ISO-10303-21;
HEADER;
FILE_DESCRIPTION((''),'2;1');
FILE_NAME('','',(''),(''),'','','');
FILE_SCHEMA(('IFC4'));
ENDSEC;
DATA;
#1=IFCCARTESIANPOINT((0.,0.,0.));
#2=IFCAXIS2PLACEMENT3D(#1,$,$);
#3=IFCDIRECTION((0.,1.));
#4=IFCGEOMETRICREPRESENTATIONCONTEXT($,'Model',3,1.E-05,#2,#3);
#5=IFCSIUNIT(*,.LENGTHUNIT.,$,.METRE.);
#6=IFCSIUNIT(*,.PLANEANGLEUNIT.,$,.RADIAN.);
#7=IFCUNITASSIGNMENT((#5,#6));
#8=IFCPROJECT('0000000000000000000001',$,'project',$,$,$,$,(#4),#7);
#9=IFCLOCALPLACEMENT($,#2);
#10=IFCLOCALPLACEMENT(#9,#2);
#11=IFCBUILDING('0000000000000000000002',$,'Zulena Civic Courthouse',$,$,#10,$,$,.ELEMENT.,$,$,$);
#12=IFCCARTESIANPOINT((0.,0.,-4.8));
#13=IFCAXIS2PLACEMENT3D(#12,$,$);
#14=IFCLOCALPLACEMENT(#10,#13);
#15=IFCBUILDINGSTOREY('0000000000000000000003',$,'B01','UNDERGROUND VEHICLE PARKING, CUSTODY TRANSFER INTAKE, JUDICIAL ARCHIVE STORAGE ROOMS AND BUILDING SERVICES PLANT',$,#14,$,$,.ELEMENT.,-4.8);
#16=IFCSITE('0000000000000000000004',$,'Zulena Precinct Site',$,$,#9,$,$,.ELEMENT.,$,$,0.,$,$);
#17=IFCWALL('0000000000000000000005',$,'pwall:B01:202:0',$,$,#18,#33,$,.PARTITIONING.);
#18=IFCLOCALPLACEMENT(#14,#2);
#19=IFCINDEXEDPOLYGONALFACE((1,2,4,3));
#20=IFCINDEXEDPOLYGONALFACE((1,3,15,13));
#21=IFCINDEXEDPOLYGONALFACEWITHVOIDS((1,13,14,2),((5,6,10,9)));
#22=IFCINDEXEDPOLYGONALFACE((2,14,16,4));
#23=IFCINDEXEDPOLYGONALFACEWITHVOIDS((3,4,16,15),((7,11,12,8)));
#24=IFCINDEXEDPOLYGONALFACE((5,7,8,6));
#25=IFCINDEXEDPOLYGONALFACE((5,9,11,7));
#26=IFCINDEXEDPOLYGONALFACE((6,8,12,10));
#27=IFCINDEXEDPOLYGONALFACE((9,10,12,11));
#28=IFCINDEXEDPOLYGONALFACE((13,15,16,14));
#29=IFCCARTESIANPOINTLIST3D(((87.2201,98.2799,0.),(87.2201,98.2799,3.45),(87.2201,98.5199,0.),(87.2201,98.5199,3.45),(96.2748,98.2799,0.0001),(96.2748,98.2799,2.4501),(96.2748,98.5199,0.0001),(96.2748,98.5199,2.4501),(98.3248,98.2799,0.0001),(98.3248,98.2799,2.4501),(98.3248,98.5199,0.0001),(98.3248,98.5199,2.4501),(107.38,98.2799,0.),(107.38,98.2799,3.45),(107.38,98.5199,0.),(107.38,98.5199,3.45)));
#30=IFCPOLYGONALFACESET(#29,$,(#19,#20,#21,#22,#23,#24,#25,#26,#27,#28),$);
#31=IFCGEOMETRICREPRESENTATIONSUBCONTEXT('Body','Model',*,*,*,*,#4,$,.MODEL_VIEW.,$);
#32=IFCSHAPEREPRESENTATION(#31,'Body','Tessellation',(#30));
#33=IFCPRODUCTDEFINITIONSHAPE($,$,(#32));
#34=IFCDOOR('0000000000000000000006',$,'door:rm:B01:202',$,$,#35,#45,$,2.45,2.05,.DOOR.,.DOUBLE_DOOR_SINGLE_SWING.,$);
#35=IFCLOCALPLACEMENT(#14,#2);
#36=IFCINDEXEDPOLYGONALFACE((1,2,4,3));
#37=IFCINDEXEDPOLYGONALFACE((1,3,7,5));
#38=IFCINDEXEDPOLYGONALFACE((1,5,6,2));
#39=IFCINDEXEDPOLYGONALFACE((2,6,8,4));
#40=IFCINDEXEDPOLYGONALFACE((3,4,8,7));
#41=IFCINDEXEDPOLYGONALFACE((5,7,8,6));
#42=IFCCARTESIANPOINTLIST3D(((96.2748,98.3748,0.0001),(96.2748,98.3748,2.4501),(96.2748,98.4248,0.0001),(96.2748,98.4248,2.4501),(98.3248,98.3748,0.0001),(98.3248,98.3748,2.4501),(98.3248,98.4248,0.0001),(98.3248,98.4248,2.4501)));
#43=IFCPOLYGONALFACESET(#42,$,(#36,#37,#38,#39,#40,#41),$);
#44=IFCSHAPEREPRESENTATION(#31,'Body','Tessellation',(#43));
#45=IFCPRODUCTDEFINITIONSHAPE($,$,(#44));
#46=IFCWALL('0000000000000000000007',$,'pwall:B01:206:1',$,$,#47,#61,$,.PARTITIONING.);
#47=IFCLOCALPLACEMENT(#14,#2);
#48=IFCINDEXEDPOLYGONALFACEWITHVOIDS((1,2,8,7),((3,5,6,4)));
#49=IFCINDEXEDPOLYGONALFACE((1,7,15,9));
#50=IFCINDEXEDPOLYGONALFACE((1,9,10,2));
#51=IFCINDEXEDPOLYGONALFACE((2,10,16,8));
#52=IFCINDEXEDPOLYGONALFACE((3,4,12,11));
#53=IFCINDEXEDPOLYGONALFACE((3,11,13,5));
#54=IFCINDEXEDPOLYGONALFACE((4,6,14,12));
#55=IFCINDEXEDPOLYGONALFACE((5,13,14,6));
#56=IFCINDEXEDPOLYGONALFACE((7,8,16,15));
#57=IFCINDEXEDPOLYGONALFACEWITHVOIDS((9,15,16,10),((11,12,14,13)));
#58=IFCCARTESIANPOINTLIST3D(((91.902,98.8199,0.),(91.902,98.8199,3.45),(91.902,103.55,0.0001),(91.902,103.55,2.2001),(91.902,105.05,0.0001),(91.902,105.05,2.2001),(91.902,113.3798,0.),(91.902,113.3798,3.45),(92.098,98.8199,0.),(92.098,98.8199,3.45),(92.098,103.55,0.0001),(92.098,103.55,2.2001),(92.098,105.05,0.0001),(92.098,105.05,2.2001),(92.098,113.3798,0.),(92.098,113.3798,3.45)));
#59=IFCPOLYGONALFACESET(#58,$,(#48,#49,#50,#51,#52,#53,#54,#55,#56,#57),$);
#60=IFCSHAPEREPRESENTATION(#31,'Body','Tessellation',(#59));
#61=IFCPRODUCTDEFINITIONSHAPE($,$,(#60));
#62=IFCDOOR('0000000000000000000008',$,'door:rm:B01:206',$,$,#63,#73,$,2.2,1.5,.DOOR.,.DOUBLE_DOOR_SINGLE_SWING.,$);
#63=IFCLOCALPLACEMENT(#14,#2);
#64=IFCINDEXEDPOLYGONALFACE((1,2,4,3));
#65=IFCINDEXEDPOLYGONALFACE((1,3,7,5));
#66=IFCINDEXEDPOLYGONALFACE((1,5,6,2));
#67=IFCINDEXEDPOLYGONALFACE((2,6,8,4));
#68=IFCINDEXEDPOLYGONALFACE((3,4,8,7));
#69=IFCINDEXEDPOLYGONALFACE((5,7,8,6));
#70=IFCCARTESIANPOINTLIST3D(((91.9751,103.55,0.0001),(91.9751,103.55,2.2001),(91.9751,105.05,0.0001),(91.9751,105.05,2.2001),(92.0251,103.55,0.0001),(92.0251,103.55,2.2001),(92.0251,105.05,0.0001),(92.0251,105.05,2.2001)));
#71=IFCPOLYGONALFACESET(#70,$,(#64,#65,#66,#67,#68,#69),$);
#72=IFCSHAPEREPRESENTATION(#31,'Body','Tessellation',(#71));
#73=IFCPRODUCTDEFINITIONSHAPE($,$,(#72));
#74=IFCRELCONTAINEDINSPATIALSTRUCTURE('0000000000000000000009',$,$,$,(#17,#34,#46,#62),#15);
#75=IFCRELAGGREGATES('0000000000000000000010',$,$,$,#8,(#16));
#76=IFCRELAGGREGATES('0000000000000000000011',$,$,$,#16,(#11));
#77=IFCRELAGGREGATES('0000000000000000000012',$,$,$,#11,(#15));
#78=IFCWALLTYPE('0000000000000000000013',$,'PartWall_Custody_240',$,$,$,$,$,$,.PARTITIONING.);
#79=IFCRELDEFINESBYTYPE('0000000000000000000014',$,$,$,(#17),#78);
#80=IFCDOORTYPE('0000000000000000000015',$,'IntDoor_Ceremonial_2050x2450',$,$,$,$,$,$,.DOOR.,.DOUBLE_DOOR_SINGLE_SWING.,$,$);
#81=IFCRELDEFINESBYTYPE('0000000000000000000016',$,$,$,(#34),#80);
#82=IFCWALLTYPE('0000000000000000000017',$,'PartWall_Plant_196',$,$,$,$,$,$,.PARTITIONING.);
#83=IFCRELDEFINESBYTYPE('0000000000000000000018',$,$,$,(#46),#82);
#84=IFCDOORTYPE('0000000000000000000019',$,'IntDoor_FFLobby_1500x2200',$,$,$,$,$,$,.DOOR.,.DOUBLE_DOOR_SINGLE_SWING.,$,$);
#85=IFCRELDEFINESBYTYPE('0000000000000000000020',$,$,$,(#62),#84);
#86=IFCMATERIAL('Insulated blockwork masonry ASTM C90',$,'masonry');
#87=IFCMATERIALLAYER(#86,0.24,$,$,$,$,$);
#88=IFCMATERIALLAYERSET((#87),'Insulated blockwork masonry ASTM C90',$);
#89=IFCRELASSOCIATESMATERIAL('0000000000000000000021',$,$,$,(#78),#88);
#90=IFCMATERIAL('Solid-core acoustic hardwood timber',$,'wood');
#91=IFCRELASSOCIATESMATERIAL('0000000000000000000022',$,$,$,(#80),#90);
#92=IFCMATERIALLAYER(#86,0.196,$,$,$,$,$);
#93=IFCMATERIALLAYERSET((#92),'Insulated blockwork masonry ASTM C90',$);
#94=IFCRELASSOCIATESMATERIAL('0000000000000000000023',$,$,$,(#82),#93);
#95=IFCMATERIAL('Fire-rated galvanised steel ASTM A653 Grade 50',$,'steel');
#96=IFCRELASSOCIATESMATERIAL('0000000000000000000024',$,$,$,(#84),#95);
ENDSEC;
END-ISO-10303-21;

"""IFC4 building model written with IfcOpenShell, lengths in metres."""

from ifc_helpers import new_model, si_unit, direction, frame, frame_2d, origin, place, context, subcontext, project, spatial, rectangle, extrude, material, layer, layer_set, type_object, element, fill, save


model = new_model("IFC4")

# Units and contexts
model_context = context("Model", 3, precision=1e-05, world=origin(), true_north=direction((0.0, 1.0)))
body_context = subcontext(model_context, "Body", "Model", "MODEL_VIEW")
ifc_project = project(units=[si_unit("LENGTHUNIT", "METRE"), si_unit("PLANEANGLEUNIT", "RADIAN")], contexts=[model_context])

# Site, building, storey
site_placement = place(None, origin())
site = spatial("IfcSite", under=ifc_project, at=site_placement, Name="Zulena Precinct Site", CompositionType="ELEMENT", RefElevation=0.0)
building_placement = place(site_placement, origin())
building = spatial("IfcBuilding", under=site, at=building_placement, Name="Zulena Civic Courthouse", CompositionType="ELEMENT")
storey_placement = place(building_placement, frame((0.0, 0.0, -4.8)))
storey = spatial("IfcBuildingStorey", under=building, at=storey_placement, Name="B01", Description="UNDERGROUND VEHICLE PARKING, CUSTODY TRANSFER INTAKE, JUDICIAL ARCHIVE STORAGE ROOMS AND BUILDING SERVICES PLANT", CompositionType="ELEMENT", Elevation=-4.8)

# Walls, openings, doors
ifc_material_1 = material(Name="Insulated blockwork masonry ASTM C90", Category="masonry")
ifc_layer_1 = layer(ifc_material_1, 0.24)
ifc_layer_set_1 = layer_set([ifc_layer_1], Name="Insulated blockwork masonry ASTM C90")
wall_type_1 = type_object("IfcWallType", Name="PartWall_Custody_240", PredefinedType="PARTITIONING", material=ifc_layer_set_1)
wall_1_placement = place(storey_placement, frame((87.22, 98.3999, 0.0), z_axis=(0.0, 0.0, 1.0), x_axis=(1.0, 0.0, 0.0)))
wall_1 = element("IfcWall", 1, at=wall_1_placement, inside=storey, type_object=wall_type_1, Name="pwall:B01:202:0", PredefinedType="PARTITIONING", context=body_context, shape_type="SweptSolid", body=[
    extrude(rectangle(XDim=20.1599, YDim=0.24, at=frame_2d((10.0801, 0.0))), origin(), (0.0, 0.0, 1.0), 3.45),
])
opening_1_placement = place(wall_1_placement, frame((9.0549, 0.0, 0.0)))
opening_1 = element("IfcOpeningElement", 2, at=opening_1_placement, cuts=wall_1, PredefinedType="OPENING", context=body_context, shape_type="SweptSolid", body=[
    extrude(rectangle(XDim=2.05, YDim=2.45, at=frame_2d((1.0249, 1.2251))), frame((0.0, 0.1299, 0.0), z_axis=(0.0, -1.0, 0.0), x_axis=(1.0, 0.0, 0.0)), (0.0, 0.0, 1.0), 0.26),
])
ifc_material_2 = material(Name="Solid-core acoustic hardwood timber", Category="wood")
door_type_1 = type_object("IfcDoorType", Name="IntDoor_Ceremonial_2050x2450", OperationType="DOUBLE_DOOR_SINGLE_SWING", PredefinedType="DOOR", material=ifc_material_2)
door_1_placement = place(opening_1_placement, origin())
door_1 = element("IfcDoor", 3, at=door_1_placement, inside=storey, type_object=door_type_1, Name="door:rm:B01:202", OperationType="DOUBLE_DOOR_SINGLE_SWING", OverallHeight=2.45, OverallWidth=2.05, PredefinedType="DOOR", context=body_context, shape_type="SweptSolid", body=[
    extrude(rectangle(XDim=2.05, YDim=2.45, at=frame_2d((1.0249, 1.2251))), frame((0.0, 0.0249, 0.0), z_axis=(0.0, -1.0, 0.0), x_axis=(1.0, 0.0, 0.0)), (0.0, 0.0, 1.0), 0.05),
])
fill(opening_1, door_1)
ifc_layer_2 = layer(ifc_material_1, 0.196)
ifc_layer_set_2 = layer_set([ifc_layer_2], Name="Insulated blockwork masonry ASTM C90")
wall_type_2 = type_object("IfcWallType", Name="PartWall_Plant_196", PredefinedType="PARTITIONING", material=ifc_layer_set_2)
wall_2_placement = place(storey_placement, frame((92.0, 98.8201, 0.0), z_axis=(0.0, 0.0, 1.0), x_axis=(0.0, 1.0, 0.0)))
wall_2 = element("IfcWall", 4, at=wall_2_placement, inside=storey, type_object=wall_type_2, Name="pwall:B01:206:1", PredefinedType="PARTITIONING", context=body_context, shape_type="SweptSolid", body=[
    extrude(rectangle(XDim=14.5598, YDim=0.196, at=frame_2d((7.2798, 0.0))), origin(), (0.0, 0.0, 1.0), 3.45),
])
opening_2_placement = place(wall_2_placement, frame((4.73, 0.0, 0.0)))
opening_2 = element("IfcOpeningElement", 5, at=opening_2_placement, cuts=wall_2, PredefinedType="OPENING", context=body_context, shape_type="SweptSolid", body=[
    extrude(rectangle(XDim=1.5, YDim=2.2, at=frame_2d((0.75, 1.1001))), frame((0.0, 0.1079, 0.0), z_axis=(0.0, -1.0, 0.0), x_axis=(1.0, 0.0, 0.0)), (0.0, 0.0, 1.0), 0.2161),
])
ifc_material_3 = material(Name="Fire-rated galvanised steel ASTM A653 Grade 50", Category="steel")
door_type_2 = type_object("IfcDoorType", Name="IntDoor_FFLobby_1500x2200", OperationType="DOUBLE_DOOR_SINGLE_SWING", PredefinedType="DOOR", material=ifc_material_3)
door_2_placement = place(opening_2_placement, origin())
door_2 = element("IfcDoor", 6, at=door_2_placement, inside=storey, type_object=door_type_2, Name="door:rm:B01:206", OperationType="DOUBLE_DOOR_SINGLE_SWING", OverallHeight=2.2, OverallWidth=1.5, PredefinedType="DOOR", context=body_context, shape_type="SweptSolid", body=[
    extrude(rectangle(XDim=1.5, YDim=2.2, at=frame_2d((0.75, 1.1001))), frame((0.0, 0.0249, 0.0), z_axis=(0.0, -1.0, 0.0), x_axis=(1.0, 0.0, 0.0)), (0.0, 0.0, 1.0), 0.05),
])
fill(opening_2, door_2)

save(model, "model.ifc")
